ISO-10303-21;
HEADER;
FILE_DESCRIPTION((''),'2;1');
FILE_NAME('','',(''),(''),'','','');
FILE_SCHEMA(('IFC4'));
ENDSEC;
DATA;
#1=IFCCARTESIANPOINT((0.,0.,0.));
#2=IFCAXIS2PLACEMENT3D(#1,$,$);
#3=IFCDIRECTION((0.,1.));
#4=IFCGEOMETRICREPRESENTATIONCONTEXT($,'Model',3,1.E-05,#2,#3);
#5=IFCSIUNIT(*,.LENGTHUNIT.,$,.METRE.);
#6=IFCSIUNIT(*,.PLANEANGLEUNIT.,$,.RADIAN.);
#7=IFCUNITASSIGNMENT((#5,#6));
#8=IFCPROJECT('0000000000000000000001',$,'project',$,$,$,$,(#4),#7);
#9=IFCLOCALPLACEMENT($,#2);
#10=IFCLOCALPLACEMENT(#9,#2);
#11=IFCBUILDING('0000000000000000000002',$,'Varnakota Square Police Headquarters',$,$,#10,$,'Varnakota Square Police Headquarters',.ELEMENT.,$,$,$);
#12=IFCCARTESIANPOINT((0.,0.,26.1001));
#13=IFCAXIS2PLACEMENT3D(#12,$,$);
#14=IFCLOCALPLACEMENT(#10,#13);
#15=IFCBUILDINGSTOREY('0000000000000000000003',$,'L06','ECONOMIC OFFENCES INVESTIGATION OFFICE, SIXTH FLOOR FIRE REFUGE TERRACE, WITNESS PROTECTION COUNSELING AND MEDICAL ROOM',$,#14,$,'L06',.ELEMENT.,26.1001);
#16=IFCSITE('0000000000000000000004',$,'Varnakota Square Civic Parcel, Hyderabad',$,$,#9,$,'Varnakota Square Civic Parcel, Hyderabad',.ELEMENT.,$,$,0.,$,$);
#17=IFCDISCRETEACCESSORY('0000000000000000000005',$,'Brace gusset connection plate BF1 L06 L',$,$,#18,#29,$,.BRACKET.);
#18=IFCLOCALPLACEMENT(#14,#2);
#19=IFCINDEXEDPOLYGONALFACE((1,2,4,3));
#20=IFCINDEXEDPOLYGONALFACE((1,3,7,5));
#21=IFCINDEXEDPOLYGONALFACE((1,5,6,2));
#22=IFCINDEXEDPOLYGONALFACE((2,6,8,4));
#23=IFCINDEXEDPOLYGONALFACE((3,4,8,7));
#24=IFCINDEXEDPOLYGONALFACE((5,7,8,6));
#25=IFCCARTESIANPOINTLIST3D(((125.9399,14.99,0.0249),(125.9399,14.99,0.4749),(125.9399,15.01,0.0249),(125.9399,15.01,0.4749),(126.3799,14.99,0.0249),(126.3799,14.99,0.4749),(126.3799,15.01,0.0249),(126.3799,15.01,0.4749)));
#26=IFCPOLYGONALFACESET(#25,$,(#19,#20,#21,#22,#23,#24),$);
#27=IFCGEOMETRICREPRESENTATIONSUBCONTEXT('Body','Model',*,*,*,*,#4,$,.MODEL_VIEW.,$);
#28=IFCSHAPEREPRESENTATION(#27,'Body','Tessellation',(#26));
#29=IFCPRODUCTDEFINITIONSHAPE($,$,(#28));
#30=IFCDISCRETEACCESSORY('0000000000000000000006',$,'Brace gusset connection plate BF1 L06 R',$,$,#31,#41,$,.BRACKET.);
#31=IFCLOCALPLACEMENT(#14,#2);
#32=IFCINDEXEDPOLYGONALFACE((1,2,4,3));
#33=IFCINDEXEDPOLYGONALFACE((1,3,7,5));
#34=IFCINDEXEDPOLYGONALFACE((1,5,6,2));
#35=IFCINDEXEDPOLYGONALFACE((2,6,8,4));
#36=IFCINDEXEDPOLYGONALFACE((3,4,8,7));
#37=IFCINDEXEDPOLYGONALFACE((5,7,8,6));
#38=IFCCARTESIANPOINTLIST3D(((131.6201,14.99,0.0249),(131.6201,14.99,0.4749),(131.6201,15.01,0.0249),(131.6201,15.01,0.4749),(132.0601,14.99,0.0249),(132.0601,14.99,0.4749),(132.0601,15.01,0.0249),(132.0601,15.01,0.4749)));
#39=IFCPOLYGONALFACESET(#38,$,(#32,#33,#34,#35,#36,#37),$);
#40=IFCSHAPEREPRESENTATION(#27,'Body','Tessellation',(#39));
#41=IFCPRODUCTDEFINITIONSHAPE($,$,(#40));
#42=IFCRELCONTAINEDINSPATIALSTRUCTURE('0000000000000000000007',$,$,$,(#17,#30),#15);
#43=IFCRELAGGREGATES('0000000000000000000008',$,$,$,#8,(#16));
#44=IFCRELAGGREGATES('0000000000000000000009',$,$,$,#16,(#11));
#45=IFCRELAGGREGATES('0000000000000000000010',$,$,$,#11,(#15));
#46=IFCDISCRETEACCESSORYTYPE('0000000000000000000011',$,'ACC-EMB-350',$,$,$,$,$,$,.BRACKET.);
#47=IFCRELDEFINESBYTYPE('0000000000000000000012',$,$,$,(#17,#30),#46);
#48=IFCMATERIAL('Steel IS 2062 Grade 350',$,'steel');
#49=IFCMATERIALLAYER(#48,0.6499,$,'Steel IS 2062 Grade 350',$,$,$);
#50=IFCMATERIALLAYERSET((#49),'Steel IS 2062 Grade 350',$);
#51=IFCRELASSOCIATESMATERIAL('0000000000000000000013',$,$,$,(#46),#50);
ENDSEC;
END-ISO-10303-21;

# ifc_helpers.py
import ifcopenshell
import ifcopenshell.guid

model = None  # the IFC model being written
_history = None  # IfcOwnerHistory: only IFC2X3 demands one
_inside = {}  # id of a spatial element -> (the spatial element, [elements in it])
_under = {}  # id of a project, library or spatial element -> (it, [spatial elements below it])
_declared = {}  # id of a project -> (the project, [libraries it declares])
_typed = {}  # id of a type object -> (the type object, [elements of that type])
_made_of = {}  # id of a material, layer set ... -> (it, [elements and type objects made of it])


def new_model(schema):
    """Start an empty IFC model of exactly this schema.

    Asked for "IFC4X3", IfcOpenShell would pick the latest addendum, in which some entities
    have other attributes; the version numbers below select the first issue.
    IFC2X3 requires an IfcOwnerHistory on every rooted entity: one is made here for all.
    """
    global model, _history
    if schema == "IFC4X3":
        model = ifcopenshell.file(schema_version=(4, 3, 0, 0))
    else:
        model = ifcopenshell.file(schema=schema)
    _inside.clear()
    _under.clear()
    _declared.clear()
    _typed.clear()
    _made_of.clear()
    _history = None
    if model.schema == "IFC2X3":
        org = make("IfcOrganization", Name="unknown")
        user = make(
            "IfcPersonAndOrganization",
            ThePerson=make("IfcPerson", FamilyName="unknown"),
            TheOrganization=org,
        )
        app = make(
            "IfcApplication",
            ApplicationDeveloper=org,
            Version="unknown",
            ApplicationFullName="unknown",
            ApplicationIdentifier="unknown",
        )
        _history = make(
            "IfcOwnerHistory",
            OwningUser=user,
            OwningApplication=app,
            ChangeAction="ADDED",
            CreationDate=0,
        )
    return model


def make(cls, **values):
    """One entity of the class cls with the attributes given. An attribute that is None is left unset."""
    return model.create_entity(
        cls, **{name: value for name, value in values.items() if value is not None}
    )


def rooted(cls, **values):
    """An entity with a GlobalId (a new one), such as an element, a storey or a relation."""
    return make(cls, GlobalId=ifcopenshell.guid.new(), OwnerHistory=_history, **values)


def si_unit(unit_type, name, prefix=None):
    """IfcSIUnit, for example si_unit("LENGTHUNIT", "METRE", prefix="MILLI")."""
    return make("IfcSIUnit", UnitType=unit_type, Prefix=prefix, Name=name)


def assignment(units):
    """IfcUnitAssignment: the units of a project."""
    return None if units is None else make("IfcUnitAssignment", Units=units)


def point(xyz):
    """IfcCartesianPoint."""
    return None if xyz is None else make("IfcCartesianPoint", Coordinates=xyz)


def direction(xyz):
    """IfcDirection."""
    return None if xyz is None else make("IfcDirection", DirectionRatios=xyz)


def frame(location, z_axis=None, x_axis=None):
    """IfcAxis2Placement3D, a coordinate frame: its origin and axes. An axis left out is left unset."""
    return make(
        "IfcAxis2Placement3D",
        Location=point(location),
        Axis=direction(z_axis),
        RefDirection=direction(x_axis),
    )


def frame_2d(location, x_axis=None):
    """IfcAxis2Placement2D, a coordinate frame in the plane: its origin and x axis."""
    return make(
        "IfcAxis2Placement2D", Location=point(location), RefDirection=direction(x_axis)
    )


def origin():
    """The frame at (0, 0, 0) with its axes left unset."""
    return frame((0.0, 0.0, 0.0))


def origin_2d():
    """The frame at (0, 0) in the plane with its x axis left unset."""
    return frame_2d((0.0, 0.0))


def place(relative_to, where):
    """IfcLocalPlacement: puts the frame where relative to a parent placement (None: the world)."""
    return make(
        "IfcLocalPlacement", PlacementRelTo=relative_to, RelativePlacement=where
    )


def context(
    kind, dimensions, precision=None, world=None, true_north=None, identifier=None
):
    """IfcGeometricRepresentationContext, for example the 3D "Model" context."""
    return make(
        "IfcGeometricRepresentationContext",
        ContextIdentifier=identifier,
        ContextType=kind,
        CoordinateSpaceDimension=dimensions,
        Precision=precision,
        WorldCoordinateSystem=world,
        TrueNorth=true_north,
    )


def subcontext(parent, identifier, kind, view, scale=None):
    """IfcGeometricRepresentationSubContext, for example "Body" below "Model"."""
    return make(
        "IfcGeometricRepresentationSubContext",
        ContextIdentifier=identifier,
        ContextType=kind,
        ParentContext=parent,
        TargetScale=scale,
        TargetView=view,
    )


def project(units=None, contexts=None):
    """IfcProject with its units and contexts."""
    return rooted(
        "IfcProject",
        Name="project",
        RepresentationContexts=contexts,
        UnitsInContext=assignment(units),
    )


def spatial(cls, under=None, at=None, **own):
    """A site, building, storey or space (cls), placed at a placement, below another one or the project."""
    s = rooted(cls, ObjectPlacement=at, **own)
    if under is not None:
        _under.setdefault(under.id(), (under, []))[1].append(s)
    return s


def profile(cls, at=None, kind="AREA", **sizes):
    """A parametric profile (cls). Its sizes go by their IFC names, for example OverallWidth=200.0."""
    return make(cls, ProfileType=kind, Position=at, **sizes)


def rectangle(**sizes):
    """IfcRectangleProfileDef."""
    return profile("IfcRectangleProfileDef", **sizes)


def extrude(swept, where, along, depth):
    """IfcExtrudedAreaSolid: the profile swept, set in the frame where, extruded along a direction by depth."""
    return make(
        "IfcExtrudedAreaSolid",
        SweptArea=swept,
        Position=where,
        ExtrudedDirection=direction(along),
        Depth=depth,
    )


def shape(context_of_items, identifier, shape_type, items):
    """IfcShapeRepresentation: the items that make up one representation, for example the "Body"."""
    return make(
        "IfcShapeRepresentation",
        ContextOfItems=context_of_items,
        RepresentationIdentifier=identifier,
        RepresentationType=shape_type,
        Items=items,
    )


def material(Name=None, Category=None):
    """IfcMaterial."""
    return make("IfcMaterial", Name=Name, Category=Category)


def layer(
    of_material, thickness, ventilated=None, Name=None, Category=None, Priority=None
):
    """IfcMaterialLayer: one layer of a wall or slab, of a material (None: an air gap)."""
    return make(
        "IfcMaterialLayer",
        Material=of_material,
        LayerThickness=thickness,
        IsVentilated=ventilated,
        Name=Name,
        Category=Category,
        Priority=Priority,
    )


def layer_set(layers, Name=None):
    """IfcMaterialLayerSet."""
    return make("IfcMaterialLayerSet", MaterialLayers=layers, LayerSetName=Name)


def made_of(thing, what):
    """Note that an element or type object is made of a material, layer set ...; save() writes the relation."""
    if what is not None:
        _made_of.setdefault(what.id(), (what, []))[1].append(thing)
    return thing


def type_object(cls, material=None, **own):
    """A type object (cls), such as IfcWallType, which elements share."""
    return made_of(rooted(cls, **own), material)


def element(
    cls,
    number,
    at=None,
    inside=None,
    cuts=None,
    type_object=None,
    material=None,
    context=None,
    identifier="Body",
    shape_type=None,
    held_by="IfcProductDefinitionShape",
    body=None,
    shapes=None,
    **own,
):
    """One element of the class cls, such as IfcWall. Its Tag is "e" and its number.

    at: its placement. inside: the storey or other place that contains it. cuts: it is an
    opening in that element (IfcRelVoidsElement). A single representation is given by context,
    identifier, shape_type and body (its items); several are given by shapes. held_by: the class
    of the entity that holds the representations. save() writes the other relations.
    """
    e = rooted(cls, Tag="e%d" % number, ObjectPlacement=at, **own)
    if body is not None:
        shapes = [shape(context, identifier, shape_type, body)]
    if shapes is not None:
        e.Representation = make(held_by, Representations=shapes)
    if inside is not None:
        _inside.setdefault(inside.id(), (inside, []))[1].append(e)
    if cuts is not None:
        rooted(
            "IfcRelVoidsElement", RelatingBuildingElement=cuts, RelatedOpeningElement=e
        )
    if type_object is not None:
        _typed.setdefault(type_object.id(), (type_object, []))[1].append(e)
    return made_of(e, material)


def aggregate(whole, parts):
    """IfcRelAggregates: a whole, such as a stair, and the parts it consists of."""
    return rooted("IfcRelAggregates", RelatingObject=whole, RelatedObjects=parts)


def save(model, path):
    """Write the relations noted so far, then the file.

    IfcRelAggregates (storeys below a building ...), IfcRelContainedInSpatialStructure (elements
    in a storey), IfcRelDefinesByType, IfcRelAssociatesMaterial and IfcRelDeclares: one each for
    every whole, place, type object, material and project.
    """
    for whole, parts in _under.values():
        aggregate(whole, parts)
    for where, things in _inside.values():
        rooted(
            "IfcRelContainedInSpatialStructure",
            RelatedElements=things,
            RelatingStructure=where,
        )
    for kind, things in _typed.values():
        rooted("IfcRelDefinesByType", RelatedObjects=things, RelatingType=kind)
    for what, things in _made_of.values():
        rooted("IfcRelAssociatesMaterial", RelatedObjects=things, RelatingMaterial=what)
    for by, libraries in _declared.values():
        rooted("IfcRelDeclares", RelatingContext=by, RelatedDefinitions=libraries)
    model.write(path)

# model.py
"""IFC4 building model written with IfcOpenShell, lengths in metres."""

from ifc_helpers import new_model, si_unit, direction, frame, origin, origin_2d, place, context, subcontext, project, spatial, rectangle, extrude, material, layer, layer_set, type_object, element, save


model = new_model("IFC4")

# Units and contexts
model_context = context("Model", 3, precision=1e-05, world=origin(), true_north=direction((0.0, 1.0)))
body_context = subcontext(model_context, "Body", "Model", "MODEL_VIEW")
ifc_project = project(units=[si_unit("LENGTHUNIT", "METRE"), si_unit("PLANEANGLEUNIT", "RADIAN")], contexts=[model_context])

# Site, building, storey
site_placement = place(None, origin())
site = spatial("IfcSite", under=ifc_project, at=site_placement, Name="Varnakota Square Civic Parcel, Hyderabad", LongName="Varnakota Square Civic Parcel, Hyderabad", CompositionType="ELEMENT", RefElevation=0.0)
building_placement = place(site_placement, origin())
building = spatial("IfcBuilding", under=site, at=building_placement, Name="Varnakota Square Police Headquarters", LongName="Varnakota Square Police Headquarters", CompositionType="ELEMENT")
storey_placement = place(building_placement, frame((0.0, 0.0, 26.1001)))
storey = spatial("IfcBuildingStorey", under=building, at=storey_placement, Name="L06", Description="ECONOMIC OFFENCES INVESTIGATION OFFICE, SIXTH FLOOR FIRE REFUGE TERRACE, WITNESS PROTECTION COUNSELING AND MEDICAL ROOM", LongName="L06", CompositionType="ELEMENT", Elevation=26.1001)

# Shared definitions
ifc_material_1 = material(Name="Steel IS 2062 Grade 350", Category="steel")

# Discrete accessories
ifc_layer_1 = layer(ifc_material_1, 0.6499, Name="Steel IS 2062 Grade 350")
ifc_layer_set_1 = layer_set([ifc_layer_1], Name="Steel IS 2062 Grade 350")
discrete_accessory_type = type_object("IfcDiscreteAccessoryType", Name="ACC-EMB-350", PredefinedType="BRACKET", material=ifc_layer_set_1)
for number, where, z_axis, x_axis, name in (
    (1, (126.1599, 15.0, 0.0249), (0.0, 0.0, 1.0), (1.0, 0.0, 0.0), "Brace gusset connection plate BF1 L06 L"),
    (2, (131.8401, 15.0, 0.0249), (0.0, 0.0, 1.0), (1.0, 0.0, 0.0), "Brace gusset connection plate BF1 L06 R"),
):
    element("IfcDiscreteAccessory", number, at=place(storey_placement, frame(where, z_axis=z_axis, x_axis=x_axis)), inside=storey, type_object=discrete_accessory_type, Name=name, PredefinedType="BRACKET", context=body_context, shape_type="SweptSolid", body=[
        extrude(rectangle(XDim=0.4399, YDim=0.02, at=origin_2d()), origin(), (0.0, 0.0, 1.0), 0.45),
    ])

save(model, "model.ifc")
